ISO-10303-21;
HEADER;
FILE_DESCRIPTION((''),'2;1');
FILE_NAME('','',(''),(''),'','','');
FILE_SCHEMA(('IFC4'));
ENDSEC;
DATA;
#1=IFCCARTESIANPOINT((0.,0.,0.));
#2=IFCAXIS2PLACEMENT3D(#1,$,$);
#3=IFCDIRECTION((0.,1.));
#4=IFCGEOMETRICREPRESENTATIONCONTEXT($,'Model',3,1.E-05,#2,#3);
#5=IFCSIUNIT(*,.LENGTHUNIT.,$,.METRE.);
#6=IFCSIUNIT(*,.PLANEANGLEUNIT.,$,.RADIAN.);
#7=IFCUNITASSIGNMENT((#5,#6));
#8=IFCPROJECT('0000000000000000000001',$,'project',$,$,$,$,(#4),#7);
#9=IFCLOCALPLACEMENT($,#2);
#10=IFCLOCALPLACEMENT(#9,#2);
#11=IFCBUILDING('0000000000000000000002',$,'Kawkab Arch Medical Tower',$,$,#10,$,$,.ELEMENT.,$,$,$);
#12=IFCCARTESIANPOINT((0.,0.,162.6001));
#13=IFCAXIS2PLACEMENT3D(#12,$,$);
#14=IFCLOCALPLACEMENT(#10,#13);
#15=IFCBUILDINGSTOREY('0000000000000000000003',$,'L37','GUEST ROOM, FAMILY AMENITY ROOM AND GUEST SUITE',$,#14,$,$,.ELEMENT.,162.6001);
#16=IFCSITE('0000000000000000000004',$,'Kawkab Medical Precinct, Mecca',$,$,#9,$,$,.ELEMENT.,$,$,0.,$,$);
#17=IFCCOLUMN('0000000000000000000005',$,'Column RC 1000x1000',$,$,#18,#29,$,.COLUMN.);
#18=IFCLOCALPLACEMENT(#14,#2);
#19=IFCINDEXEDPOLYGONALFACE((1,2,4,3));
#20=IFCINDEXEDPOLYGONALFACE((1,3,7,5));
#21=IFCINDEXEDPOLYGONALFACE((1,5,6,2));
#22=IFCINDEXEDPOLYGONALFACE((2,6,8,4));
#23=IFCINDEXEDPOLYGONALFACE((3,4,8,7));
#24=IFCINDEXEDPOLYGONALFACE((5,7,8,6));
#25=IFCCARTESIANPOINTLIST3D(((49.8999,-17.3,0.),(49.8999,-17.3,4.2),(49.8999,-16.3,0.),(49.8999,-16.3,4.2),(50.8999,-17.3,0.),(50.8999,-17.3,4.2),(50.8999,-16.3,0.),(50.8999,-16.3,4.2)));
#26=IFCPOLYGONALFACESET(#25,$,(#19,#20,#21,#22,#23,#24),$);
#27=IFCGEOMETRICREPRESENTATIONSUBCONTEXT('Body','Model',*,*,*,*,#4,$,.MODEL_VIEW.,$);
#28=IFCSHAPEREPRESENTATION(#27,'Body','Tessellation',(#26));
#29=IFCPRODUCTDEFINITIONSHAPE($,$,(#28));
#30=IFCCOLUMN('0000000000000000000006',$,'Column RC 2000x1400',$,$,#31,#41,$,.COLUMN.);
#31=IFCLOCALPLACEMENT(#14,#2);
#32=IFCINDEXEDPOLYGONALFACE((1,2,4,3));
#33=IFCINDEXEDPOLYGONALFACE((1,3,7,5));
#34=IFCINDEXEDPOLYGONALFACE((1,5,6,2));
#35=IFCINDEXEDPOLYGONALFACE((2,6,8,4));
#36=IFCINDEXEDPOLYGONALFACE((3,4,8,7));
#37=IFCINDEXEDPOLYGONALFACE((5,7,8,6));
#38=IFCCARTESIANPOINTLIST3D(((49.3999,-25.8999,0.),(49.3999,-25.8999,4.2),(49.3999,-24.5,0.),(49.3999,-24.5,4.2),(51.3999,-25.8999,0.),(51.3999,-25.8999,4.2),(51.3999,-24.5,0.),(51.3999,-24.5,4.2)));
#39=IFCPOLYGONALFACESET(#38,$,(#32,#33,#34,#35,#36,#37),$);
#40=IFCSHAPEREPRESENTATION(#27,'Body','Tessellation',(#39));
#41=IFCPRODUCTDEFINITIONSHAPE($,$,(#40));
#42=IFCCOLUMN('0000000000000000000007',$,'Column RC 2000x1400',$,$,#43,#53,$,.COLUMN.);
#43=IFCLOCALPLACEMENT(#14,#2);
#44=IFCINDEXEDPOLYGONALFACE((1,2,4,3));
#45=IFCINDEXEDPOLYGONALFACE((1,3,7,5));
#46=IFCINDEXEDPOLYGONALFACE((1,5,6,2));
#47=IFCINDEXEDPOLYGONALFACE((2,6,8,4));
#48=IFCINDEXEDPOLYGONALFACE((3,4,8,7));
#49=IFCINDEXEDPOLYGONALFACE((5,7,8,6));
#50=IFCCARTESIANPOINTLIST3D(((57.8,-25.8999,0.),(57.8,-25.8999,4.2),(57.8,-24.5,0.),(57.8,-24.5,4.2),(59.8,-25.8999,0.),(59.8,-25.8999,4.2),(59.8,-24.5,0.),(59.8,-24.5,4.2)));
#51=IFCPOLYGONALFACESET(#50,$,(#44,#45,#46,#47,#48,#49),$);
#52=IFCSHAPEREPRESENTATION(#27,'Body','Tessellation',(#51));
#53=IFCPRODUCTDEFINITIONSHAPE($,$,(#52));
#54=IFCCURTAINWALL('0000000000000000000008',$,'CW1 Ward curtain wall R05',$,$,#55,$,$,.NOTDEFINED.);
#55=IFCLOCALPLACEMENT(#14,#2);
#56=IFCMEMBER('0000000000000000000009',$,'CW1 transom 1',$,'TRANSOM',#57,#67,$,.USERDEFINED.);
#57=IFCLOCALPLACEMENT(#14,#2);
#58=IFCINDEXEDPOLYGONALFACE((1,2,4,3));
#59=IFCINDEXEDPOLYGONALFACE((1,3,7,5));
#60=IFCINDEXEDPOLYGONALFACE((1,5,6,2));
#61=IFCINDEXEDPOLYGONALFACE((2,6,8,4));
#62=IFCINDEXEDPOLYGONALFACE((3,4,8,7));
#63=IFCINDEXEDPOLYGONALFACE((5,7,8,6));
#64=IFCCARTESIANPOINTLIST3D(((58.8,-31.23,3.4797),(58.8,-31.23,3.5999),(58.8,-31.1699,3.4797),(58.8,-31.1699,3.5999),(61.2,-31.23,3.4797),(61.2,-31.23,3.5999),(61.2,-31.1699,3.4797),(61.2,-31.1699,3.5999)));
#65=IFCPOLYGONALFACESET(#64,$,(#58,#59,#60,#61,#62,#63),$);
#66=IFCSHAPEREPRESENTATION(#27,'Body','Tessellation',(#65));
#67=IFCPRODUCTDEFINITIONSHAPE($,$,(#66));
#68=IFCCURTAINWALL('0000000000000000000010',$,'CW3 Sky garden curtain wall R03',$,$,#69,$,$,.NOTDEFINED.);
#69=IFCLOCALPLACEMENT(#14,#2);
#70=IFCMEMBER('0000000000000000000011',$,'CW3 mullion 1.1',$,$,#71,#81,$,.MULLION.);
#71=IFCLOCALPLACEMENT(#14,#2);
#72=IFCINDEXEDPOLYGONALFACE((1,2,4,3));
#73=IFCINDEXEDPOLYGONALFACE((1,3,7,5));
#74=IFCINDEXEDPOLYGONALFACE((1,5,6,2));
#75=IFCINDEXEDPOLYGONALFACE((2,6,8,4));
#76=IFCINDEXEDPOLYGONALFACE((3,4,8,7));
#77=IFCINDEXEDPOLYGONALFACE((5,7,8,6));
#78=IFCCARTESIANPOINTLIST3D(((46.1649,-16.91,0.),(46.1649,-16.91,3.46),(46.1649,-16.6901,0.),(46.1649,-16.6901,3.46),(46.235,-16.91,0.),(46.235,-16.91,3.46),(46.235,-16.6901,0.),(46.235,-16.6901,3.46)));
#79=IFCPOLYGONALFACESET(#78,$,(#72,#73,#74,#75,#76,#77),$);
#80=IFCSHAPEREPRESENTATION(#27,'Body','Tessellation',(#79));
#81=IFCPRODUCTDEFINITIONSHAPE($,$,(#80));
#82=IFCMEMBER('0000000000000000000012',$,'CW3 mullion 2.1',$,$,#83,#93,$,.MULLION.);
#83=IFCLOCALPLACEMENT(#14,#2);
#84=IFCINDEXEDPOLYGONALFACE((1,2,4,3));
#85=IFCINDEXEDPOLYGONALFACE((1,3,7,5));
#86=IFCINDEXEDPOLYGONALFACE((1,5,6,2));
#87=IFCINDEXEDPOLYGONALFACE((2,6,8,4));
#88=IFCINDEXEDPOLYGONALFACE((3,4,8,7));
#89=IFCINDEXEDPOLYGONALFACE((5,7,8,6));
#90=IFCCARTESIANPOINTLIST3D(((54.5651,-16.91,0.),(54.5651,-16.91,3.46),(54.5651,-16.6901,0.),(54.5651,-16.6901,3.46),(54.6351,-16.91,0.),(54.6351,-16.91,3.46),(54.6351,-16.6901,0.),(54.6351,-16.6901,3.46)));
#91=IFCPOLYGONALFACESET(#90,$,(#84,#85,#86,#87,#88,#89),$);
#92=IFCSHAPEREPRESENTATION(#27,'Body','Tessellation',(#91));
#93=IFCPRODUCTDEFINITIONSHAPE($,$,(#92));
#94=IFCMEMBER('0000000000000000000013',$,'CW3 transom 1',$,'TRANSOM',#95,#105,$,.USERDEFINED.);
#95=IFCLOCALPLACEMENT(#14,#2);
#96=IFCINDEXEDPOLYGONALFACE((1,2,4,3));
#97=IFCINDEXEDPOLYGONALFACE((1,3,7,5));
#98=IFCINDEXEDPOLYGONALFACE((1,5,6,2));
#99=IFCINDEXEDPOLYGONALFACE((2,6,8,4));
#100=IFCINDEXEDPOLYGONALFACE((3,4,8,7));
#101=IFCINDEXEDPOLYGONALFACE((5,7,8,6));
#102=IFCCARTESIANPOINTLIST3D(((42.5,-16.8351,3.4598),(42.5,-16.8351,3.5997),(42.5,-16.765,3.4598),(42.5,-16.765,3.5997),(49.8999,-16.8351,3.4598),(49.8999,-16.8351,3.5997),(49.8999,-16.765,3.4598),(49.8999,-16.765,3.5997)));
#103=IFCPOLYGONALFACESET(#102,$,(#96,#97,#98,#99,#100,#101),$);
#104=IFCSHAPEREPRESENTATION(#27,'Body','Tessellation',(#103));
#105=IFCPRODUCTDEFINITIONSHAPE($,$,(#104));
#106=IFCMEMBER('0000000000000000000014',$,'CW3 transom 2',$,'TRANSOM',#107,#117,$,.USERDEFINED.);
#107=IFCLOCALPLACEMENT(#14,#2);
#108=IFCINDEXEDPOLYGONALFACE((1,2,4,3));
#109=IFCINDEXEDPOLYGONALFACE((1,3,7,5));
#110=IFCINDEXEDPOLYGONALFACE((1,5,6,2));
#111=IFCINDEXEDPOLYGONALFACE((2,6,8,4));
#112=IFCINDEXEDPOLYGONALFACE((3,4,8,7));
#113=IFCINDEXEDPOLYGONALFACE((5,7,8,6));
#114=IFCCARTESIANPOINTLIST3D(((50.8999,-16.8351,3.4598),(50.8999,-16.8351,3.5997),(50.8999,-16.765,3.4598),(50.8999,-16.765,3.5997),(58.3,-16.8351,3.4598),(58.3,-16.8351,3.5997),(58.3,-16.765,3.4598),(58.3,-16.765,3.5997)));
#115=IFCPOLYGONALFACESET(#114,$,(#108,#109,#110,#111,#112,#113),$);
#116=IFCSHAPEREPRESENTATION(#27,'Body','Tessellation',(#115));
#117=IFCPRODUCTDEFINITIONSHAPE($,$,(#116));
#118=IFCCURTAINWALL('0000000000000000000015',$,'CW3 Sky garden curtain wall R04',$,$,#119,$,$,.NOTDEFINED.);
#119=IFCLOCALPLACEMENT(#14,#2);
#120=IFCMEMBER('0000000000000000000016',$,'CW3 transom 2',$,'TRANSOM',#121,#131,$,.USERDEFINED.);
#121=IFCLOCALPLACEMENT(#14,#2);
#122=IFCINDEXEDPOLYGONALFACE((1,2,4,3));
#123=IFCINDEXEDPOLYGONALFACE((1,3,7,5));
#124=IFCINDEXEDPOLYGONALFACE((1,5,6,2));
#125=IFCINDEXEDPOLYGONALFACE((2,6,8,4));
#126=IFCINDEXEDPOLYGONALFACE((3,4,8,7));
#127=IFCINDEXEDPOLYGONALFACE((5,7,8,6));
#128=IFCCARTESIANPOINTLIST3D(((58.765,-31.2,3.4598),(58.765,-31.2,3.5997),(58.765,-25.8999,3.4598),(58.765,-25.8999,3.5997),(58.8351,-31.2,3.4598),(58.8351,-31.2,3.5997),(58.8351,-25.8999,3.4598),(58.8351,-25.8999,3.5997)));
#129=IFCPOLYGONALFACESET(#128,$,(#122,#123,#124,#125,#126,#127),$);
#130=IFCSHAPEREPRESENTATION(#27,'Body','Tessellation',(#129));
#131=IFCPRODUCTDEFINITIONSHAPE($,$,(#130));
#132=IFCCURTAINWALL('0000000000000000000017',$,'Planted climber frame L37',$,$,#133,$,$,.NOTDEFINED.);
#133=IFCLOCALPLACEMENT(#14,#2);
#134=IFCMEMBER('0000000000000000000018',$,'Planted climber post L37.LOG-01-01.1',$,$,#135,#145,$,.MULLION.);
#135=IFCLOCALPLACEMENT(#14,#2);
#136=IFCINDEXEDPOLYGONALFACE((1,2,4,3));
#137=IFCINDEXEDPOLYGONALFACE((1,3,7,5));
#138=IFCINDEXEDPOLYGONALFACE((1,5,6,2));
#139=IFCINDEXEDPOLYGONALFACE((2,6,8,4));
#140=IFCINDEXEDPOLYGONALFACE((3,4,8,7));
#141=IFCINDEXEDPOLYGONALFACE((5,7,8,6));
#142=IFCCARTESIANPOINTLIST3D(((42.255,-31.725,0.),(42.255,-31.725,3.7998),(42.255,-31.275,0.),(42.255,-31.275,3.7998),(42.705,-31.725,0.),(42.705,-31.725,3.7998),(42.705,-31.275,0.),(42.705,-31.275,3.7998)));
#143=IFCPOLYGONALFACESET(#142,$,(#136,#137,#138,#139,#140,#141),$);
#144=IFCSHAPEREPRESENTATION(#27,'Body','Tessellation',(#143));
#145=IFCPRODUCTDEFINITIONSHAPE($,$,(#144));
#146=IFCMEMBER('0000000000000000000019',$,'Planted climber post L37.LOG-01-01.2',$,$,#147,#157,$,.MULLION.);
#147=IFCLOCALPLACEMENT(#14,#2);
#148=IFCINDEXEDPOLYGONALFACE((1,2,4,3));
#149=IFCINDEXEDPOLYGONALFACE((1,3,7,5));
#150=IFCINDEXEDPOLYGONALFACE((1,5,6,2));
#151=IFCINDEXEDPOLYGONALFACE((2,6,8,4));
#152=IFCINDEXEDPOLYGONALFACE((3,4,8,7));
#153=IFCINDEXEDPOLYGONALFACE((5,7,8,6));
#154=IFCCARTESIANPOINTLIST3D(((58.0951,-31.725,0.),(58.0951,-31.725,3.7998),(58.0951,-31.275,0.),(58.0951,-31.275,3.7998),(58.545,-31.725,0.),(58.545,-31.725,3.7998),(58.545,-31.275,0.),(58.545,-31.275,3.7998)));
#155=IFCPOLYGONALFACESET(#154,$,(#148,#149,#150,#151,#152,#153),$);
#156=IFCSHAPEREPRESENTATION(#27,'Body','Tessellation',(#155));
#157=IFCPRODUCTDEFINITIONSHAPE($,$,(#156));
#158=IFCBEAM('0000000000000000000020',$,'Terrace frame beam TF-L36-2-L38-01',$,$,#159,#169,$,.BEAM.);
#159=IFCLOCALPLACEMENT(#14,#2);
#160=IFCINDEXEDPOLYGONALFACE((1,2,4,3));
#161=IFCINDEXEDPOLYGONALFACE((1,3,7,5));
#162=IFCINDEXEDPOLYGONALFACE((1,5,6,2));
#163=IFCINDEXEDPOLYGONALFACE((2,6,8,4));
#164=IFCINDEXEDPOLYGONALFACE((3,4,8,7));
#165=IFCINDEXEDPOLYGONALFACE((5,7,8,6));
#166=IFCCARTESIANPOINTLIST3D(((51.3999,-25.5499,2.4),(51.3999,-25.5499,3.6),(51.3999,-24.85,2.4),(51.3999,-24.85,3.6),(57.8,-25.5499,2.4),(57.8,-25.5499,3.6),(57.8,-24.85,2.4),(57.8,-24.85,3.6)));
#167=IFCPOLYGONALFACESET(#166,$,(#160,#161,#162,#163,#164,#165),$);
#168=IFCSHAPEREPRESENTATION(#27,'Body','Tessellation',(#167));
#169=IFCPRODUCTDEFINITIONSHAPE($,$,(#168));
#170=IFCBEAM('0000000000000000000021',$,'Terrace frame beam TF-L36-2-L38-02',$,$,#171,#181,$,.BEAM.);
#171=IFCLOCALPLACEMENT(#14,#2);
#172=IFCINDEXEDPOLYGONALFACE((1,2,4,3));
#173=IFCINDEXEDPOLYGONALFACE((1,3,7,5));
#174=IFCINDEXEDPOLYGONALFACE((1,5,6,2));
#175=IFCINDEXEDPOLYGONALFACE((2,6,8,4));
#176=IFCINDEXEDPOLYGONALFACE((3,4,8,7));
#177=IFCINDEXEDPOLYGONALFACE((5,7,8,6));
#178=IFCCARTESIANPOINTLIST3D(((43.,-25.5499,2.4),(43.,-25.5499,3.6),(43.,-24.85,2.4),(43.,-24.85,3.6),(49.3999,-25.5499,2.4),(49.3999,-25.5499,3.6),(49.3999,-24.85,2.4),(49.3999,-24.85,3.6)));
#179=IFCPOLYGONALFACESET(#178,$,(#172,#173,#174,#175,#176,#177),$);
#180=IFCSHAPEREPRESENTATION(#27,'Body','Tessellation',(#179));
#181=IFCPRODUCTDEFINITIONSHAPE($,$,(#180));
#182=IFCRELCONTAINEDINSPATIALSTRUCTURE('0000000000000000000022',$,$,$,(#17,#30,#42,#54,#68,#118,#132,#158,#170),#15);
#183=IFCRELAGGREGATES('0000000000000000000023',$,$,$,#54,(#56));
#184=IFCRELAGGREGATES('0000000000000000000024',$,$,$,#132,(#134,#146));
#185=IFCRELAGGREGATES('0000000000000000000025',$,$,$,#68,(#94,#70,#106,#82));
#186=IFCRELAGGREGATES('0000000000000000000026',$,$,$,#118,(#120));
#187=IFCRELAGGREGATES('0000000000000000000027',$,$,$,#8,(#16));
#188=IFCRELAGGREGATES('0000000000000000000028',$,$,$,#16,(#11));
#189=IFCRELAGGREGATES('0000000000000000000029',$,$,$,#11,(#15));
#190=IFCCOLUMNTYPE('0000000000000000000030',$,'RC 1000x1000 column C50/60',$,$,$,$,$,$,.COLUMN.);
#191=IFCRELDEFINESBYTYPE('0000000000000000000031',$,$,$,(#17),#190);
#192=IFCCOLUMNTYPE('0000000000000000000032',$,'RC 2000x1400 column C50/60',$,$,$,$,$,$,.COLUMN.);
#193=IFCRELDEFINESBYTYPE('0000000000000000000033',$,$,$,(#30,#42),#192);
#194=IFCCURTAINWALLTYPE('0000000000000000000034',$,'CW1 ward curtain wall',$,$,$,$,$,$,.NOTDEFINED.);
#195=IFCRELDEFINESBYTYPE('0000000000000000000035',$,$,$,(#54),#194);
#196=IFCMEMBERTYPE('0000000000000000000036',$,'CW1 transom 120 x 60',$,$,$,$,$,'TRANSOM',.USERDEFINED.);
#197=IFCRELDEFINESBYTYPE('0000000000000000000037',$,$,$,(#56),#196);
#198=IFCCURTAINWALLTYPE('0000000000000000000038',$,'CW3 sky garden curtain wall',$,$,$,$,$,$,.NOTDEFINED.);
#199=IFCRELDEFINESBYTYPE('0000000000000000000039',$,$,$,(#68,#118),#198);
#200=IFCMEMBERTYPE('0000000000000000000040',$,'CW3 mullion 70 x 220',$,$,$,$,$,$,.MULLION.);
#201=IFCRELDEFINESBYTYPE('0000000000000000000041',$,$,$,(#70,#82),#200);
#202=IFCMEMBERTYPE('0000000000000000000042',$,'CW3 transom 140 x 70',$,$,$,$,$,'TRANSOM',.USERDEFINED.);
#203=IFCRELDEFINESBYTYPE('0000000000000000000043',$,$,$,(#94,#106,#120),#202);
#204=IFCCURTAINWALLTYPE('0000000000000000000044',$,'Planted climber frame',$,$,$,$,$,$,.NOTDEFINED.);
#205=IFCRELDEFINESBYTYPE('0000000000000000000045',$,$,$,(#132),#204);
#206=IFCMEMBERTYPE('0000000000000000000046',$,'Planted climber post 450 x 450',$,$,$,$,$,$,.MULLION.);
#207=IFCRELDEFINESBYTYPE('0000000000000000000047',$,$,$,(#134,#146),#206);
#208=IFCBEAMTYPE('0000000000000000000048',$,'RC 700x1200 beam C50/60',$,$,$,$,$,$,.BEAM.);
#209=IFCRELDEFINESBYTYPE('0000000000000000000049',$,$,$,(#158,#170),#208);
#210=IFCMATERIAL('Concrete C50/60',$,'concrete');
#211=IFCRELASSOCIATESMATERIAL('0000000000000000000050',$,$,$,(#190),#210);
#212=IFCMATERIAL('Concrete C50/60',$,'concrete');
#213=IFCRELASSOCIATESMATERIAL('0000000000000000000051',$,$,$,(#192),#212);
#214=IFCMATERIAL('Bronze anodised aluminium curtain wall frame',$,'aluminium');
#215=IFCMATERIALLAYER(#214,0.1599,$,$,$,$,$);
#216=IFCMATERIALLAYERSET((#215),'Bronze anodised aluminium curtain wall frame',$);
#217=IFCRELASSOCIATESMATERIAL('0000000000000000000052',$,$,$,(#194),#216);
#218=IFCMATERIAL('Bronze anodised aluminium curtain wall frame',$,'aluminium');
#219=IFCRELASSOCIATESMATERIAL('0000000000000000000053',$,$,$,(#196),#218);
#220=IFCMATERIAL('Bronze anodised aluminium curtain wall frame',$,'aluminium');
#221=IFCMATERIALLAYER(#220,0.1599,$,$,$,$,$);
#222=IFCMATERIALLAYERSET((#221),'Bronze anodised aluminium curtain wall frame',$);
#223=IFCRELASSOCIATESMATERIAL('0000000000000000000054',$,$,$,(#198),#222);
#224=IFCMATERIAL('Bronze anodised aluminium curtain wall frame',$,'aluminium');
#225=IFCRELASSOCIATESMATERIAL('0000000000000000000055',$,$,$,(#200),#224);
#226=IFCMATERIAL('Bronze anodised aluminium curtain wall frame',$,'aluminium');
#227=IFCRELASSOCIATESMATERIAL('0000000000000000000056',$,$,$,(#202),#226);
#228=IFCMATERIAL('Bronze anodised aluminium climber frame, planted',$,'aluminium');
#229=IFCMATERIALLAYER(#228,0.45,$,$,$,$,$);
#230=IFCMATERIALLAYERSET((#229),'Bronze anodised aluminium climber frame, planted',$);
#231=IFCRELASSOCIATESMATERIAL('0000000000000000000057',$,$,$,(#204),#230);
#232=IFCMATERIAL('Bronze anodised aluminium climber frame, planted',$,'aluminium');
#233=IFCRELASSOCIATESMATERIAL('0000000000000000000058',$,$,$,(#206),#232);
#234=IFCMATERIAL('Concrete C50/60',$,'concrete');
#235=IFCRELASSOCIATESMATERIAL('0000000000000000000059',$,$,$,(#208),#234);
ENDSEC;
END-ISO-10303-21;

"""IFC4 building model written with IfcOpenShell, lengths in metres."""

from ifc_helpers import new_model, si_unit, direction, frame, origin, origin_2d, place, context, subcontext, project, spatial, rectangle, extrude, material, layer, layer_set, material_profile, profile_set, type_object, element, aggregate, save


model = new_model("IFC4")

# Units and contexts
model_context = context("Model", 3, precision=1e-05, world=origin(), true_north=direction((0.0, 1.0)))
body_context = subcontext(model_context, "Body", "Model", "MODEL_VIEW")
ifc_project = project(units=[si_unit("LENGTHUNIT", "METRE"), si_unit("PLANEANGLEUNIT", "RADIAN")], contexts=[model_context])

# Site, building, storey
site_placement = place(None, origin())
site = spatial("IfcSite", under=ifc_project, at=site_placement, Name="Kawkab Medical Precinct, Mecca", CompositionType="ELEMENT", RefElevation=0.0)
building_placement = place(site_placement, origin())
building = spatial("IfcBuilding", under=site, at=building_placement, Name="Kawkab Arch Medical Tower", CompositionType="ELEMENT")
storey_placement = place(building_placement, frame((0.0, 0.0, 162.6001)))
storey = spatial("IfcBuildingStorey", under=building, at=storey_placement, Name="L37", Description="GUEST ROOM, FAMILY AMENITY ROOM AND GUEST SUITE", CompositionType="ELEMENT", Elevation=162.6001)

# Columns
ifc_material_1 = material(Name="Concrete C50/60", Category="concrete")
ifc_material_profile_1 = material_profile(ifc_material_1, rectangle(XDim=1.0, YDim=1.0, at=origin_2d()), Name="RC 1000x1000")
ifc_profile_set_1 = profile_set([ifc_material_profile_1], Name="Concrete C50/60")
column_type_1 = type_object("IfcColumnType", Name="RC 1000x1000 column C50/60", PredefinedType="COLUMN", material=ifc_profile_set_1)
column_placement = place(storey_placement, frame((50.3999, -16.8, 0.0), z_axis=(0.0, 0.0, 1.0), x_axis=(1.0, 0.0, 0.0)))
element("IfcColumn", 1, at=column_placement, inside=storey, type_object=column_type_1, Name="Column RC 1000x1000", PredefinedType="COLUMN", context=body_context, shape_type="SweptSolid", body=[
    extrude(rectangle(XDim=1.0, YDim=1.0, at=origin_2d()), origin(), (0.0, 0.0, 1.0), 4.2),
])
ifc_material_2 = material(Name="Concrete C50/60", Category="concrete")
ifc_material_profile_2 = material_profile(ifc_material_2, rectangle(XDim=2.0, YDim=1.3999, at=origin_2d()), Name="RC 2000x1400")
ifc_profile_set_2 = profile_set([ifc_material_profile_2], Name="Concrete C50/60")
column_type_2 = type_object("IfcColumnType", Name="RC 2000x1400 column C50/60", PredefinedType="COLUMN", material=ifc_profile_set_2)
for number, where, z_axis, x_axis, name in (
    (2, (50.3999, -25.2, 0.0), (0.0, 0.0, 1.0), (-1.0, 0.0, 0.0), "Column RC 2000x1400"),
    (3, (58.8, -25.2, 0.0), (0.0, 0.0, 1.0), (-1.0, 0.0, 0.0), "Column RC 2000x1400"),
):
    element("IfcColumn", number, at=place(storey_placement, frame(where, z_axis=z_axis, x_axis=x_axis)), inside=storey, type_object=column_type_2, Name=name, PredefinedType="COLUMN", context=body_context, shape_type="SweptSolid", body=[
        extrude(rectangle(XDim=2.0, YDim=1.3999, at=origin_2d()), origin(), (0.0, 0.0, 1.0), 4.2),
    ])

# Curtain wall, member
ifc_material_3 = material(Name="Bronze anodised aluminium curtain wall frame", Category="aluminium")
ifc_layer_1 = layer(ifc_material_3, 0.1599)
ifc_layer_set_1 = layer_set([ifc_layer_1], Name="Bronze anodised aluminium curtain wall frame")
curtain_wall_type_1 = type_object("IfcCurtainWallType", Name="CW1 ward curtain wall", PredefinedType="NOTDEFINED", material=ifc_layer_set_1)
placement = place(storey_placement, origin())
curtain_wall_1 = element("IfcCurtainWall", 4, at=placement, inside=storey, type_object=curtain_wall_type_1, Name="CW1 Ward curtain wall R05", PredefinedType="NOTDEFINED")
ifc_material_4 = material(Name="Bronze anodised aluminium curtain wall frame", Category="aluminium")
ifc_material_profile_3 = material_profile(ifc_material_4, rectangle(XDim=0.0601, YDim=0.1201, at=origin_2d()), Name="AL 60x120")
ifc_profile_set_3 = profile_set([ifc_material_profile_3], Name="Bronze anodised aluminium curtain wall frame")
member_type_1 = type_object("IfcMemberType", Name="CW1 transom 120 x 60", ElementType="TRANSOM", PredefinedType="USERDEFINED", material=ifc_profile_set_3)
member_1_placement = place(storey_placement, frame((58.8, -31.2, 3.5398), z_axis=(1.0, 0.0, 0.0), x_axis=(0.0, 1.0, 0.0)))
member_1 = element("IfcMember", 5, at=member_1_placement, type_object=member_type_1, Name="CW1 transom 1", ObjectType="TRANSOM", PredefinedType="USERDEFINED", context=body_context, shape_type="SweptSolid", body=[
    extrude(rectangle(XDim=0.0601, YDim=0.1201, at=origin_2d()), origin(), (0.0, 0.0, 1.0), 2.3999),
])
aggregate(curtain_wall_1, [member_1])

# Curtain wall, members
ifc_material_5 = material(Name="Bronze anodised aluminium curtain wall frame", Category="aluminium")
ifc_layer_2 = layer(ifc_material_5, 0.1599)
ifc_layer_set_2 = layer_set([ifc_layer_2], Name="Bronze anodised aluminium curtain wall frame")
curtain_wall_type_2 = type_object("IfcCurtainWallType", Name="CW3 sky garden curtain wall", PredefinedType="NOTDEFINED", material=ifc_layer_set_2)
curtain_wall_2 = element("IfcCurtainWall", 6, at=placement, inside=storey, type_object=curtain_wall_type_2, Name="CW3 Sky garden curtain wall R03", PredefinedType="NOTDEFINED")
ifc_material_6 = material(Name="Bronze anodised aluminium curtain wall frame", Category="aluminium")
ifc_material_profile_4 = material_profile(ifc_material_6, rectangle(XDim=0.22, YDim=0.0701, at=origin_2d()), Name="AL 70x220")
ifc_profile_set_4 = profile_set([ifc_material_profile_4], Name="Bronze anodised aluminium curtain wall frame")
member_type_2 = type_object("IfcMemberType", Name="CW3 mullion 70 x 220", PredefinedType="MULLION", material=ifc_profile_set_4)
member_2_placement = place(storey_placement, frame((46.2, -16.8, 0.0), z_axis=(0.0, 0.0, 1.0), x_axis=(0.0, 1.0, 0.0)))
member_2 = element("IfcMember", 7, at=member_2_placement, type_object=member_type_2, Name="CW3 mullion 1.1", PredefinedType="MULLION", context=body_context, shape_type="SweptSolid", body=[
    extrude(rectangle(XDim=0.22, YDim=0.0701, at=origin_2d()), origin(), (0.0, 0.0, 1.0), 3.46),
])
member_3_placement = place(storey_placement, frame((54.6001, -16.8, 0.0), z_axis=(0.0, 0.0, 1.0), x_axis=(0.0, 1.0, 0.0)))
member_3 = element("IfcMember", 8, at=member_3_placement, type_object=member_type_2, Name="CW3 mullion 2.1", PredefinedType="MULLION", context=body_context, shape_type="SweptSolid", body=[
    extrude(rectangle(XDim=0.22, YDim=0.0701, at=origin_2d()), origin(), (0.0, 0.0, 1.0), 3.46),
])
ifc_material_7 = material(Name="Bronze anodised aluminium curtain wall frame", Category="aluminium")
ifc_material_profile_5 = material_profile(ifc_material_7, rectangle(XDim=0.0701, YDim=0.1399, at=origin_2d()), Name="AL 70x140")
ifc_profile_set_5 = profile_set([ifc_material_profile_5], Name="Bronze anodised aluminium curtain wall frame")
member_type_3 = type_object("IfcMemberType", Name="CW3 transom 140 x 70", ElementType="TRANSOM", PredefinedType="USERDEFINED", material=ifc_profile_set_5)
member_4_placement = place(storey_placement, frame((42.5, -16.8, 3.5298), z_axis=(1.0, 0.0, 0.0), x_axis=(0.0, 1.0, 0.0)))
member_4 = element("IfcMember", 9, at=member_4_placement, type_object=member_type_3, Name="CW3 transom 1", ObjectType="TRANSOM", PredefinedType="USERDEFINED", context=body_context, shape_type="SweptSolid", body=[
    extrude(rectangle(XDim=0.0701, YDim=0.1399, at=origin_2d()), origin(), (0.0, 0.0, 1.0), 7.3999),
])
member_5_placement = place(storey_placement, frame((50.8999, -16.8, 3.5298), z_axis=(1.0, 0.0, 0.0), x_axis=(0.0, 1.0, 0.0)))
member_5 = element("IfcMember", 10, at=member_5_placement, type_object=member_type_3, Name="CW3 transom 2", ObjectType="TRANSOM", PredefinedType="USERDEFINED", context=body_context, shape_type="SweptSolid", body=[
    extrude(rectangle(XDim=0.0701, YDim=0.1399, at=origin_2d()), origin(), (0.0, 0.0, 1.0), 7.4001),
])

# Curtain wall, member
curtain_wall_3 = element("IfcCurtainWall", 11, at=placement, inside=storey, type_object=curtain_wall_type_2, Name="CW3 Sky garden curtain wall R04", PredefinedType="NOTDEFINED")
member_6_placement = place(storey_placement, frame((58.8, -25.8999, 3.5298), z_axis=(0.0, -1.0, 0.0), x_axis=(1.0, 0.0, 0.0)))
member_6 = element("IfcMember", 12, at=member_6_placement, type_object=member_type_3, Name="CW3 transom 2", ObjectType="TRANSOM", PredefinedType="USERDEFINED", context=body_context, shape_type="SweptSolid", body=[
    extrude(rectangle(XDim=0.0701, YDim=0.1399, at=origin_2d()), origin(), (0.0, 0.0, 1.0), 5.3),
])

# Curtain wall, members
ifc_material_8 = material(Name="Bronze anodised aluminium climber frame, planted", Category="aluminium")
ifc_layer_3 = layer(ifc_material_8, 0.45)
ifc_layer_set_3 = layer_set([ifc_layer_3], Name="Bronze anodised aluminium climber frame, planted")
curtain_wall_type_3 = type_object("IfcCurtainWallType", Name="Planted climber frame", PredefinedType="NOTDEFINED", material=ifc_layer_set_3)
curtain_wall_4 = element("IfcCurtainWall", 13, at=placement, inside=storey, type_object=curtain_wall_type_3, Name="Planted climber frame L37", PredefinedType="NOTDEFINED")
ifc_material_9 = material(Name="Bronze anodised aluminium climber frame, planted", Category="aluminium")
ifc_material_profile_6 = material_profile(ifc_material_9, rectangle(XDim=0.45, YDim=0.45, at=origin_2d()), Name="Post 450x450")
ifc_profile_set_6 = profile_set([ifc_material_profile_6], Name="Bronze anodised aluminium climber frame, planted")
member_type_4 = type_object("IfcMemberType", Name="Planted climber post 450 x 450", PredefinedType="MULLION", material=ifc_profile_set_6)
member_7_placement = place(storey_placement, frame((42.48, -31.5, 0.0), z_axis=(0.0, 0.0, 1.0), x_axis=(1.0, 0.0, 0.0)))
member_7 = element("IfcMember", 14, at=member_7_placement, type_object=member_type_4, Name="Planted climber post L37.LOG-01-01.1", PredefinedType="MULLION", context=body_context, shape_type="SweptSolid", body=[
    extrude(rectangle(XDim=0.45, YDim=0.45, at=origin_2d()), origin(), (0.0, 0.0, 1.0), 3.7998),
])
member_8_placement = place(storey_placement, frame((58.3201, -31.5, 0.0), z_axis=(0.0, 0.0, 1.0), x_axis=(1.0, 0.0, 0.0)))
member_8 = element("IfcMember", 15, at=member_8_placement, type_object=member_type_4, Name="Planted climber post L37.LOG-01-01.2", PredefinedType="MULLION", context=body_context, shape_type="SweptSolid", body=[
    extrude(rectangle(XDim=0.45, YDim=0.45, at=origin_2d()), origin(), (0.0, 0.0, 1.0), 3.7998),
])
aggregate(curtain_wall_4, [member_7, member_8])

# Beams
ifc_material_10 = material(Name="Concrete C50/60", Category="concrete")
ifc_material_profile_7 = material_profile(ifc_material_10, rectangle(XDim=0.7, YDim=1.2, at=origin_2d()), Name="RC 700x1200")
ifc_profile_set_7 = profile_set([ifc_material_profile_7], Name="Concrete C50/60")
beam_type = type_object("IfcBeamType", Name="RC 700x1200 beam C50/60", PredefinedType="BEAM", material=ifc_profile_set_7)
beam_1_placement = place(storey_placement, frame((57.8, -25.2, 3.0), z_axis=(-1.0, 0.0, 0.0), x_axis=(0.0, -1.0, 0.0)))
element("IfcBeam", 16, at=beam_1_placement, inside=storey, type_object=beam_type, Name="Terrace frame beam TF-L36-2-L38-01", PredefinedType="BEAM", context=body_context, shape_type="SweptSolid", body=[
    extrude(rectangle(XDim=0.7, YDim=1.2, at=origin_2d()), origin(), (0.0, 0.0, 1.0), 6.4001),
])
beam_2_placement = place(storey_placement, frame((49.3999, -25.2, 3.0), z_axis=(-1.0, 0.0, 0.0), x_axis=(0.0, -1.0, 0.0)))
element("IfcBeam", 17, at=beam_2_placement, inside=storey, type_object=beam_type, Name="Terrace frame beam TF-L36-2-L38-02", PredefinedType="BEAM", context=body_context, shape_type="SweptSolid", body=[
    extrude(rectangle(XDim=0.7, YDim=1.2, at=origin_2d()), origin(), (0.0, 0.0, 1.0), 6.3999),
])

aggregate(curtain_wall_2, [member_4, member_2, member_5, member_3])
aggregate(curtain_wall_3, [member_6])

save(model, "model.ifc")
